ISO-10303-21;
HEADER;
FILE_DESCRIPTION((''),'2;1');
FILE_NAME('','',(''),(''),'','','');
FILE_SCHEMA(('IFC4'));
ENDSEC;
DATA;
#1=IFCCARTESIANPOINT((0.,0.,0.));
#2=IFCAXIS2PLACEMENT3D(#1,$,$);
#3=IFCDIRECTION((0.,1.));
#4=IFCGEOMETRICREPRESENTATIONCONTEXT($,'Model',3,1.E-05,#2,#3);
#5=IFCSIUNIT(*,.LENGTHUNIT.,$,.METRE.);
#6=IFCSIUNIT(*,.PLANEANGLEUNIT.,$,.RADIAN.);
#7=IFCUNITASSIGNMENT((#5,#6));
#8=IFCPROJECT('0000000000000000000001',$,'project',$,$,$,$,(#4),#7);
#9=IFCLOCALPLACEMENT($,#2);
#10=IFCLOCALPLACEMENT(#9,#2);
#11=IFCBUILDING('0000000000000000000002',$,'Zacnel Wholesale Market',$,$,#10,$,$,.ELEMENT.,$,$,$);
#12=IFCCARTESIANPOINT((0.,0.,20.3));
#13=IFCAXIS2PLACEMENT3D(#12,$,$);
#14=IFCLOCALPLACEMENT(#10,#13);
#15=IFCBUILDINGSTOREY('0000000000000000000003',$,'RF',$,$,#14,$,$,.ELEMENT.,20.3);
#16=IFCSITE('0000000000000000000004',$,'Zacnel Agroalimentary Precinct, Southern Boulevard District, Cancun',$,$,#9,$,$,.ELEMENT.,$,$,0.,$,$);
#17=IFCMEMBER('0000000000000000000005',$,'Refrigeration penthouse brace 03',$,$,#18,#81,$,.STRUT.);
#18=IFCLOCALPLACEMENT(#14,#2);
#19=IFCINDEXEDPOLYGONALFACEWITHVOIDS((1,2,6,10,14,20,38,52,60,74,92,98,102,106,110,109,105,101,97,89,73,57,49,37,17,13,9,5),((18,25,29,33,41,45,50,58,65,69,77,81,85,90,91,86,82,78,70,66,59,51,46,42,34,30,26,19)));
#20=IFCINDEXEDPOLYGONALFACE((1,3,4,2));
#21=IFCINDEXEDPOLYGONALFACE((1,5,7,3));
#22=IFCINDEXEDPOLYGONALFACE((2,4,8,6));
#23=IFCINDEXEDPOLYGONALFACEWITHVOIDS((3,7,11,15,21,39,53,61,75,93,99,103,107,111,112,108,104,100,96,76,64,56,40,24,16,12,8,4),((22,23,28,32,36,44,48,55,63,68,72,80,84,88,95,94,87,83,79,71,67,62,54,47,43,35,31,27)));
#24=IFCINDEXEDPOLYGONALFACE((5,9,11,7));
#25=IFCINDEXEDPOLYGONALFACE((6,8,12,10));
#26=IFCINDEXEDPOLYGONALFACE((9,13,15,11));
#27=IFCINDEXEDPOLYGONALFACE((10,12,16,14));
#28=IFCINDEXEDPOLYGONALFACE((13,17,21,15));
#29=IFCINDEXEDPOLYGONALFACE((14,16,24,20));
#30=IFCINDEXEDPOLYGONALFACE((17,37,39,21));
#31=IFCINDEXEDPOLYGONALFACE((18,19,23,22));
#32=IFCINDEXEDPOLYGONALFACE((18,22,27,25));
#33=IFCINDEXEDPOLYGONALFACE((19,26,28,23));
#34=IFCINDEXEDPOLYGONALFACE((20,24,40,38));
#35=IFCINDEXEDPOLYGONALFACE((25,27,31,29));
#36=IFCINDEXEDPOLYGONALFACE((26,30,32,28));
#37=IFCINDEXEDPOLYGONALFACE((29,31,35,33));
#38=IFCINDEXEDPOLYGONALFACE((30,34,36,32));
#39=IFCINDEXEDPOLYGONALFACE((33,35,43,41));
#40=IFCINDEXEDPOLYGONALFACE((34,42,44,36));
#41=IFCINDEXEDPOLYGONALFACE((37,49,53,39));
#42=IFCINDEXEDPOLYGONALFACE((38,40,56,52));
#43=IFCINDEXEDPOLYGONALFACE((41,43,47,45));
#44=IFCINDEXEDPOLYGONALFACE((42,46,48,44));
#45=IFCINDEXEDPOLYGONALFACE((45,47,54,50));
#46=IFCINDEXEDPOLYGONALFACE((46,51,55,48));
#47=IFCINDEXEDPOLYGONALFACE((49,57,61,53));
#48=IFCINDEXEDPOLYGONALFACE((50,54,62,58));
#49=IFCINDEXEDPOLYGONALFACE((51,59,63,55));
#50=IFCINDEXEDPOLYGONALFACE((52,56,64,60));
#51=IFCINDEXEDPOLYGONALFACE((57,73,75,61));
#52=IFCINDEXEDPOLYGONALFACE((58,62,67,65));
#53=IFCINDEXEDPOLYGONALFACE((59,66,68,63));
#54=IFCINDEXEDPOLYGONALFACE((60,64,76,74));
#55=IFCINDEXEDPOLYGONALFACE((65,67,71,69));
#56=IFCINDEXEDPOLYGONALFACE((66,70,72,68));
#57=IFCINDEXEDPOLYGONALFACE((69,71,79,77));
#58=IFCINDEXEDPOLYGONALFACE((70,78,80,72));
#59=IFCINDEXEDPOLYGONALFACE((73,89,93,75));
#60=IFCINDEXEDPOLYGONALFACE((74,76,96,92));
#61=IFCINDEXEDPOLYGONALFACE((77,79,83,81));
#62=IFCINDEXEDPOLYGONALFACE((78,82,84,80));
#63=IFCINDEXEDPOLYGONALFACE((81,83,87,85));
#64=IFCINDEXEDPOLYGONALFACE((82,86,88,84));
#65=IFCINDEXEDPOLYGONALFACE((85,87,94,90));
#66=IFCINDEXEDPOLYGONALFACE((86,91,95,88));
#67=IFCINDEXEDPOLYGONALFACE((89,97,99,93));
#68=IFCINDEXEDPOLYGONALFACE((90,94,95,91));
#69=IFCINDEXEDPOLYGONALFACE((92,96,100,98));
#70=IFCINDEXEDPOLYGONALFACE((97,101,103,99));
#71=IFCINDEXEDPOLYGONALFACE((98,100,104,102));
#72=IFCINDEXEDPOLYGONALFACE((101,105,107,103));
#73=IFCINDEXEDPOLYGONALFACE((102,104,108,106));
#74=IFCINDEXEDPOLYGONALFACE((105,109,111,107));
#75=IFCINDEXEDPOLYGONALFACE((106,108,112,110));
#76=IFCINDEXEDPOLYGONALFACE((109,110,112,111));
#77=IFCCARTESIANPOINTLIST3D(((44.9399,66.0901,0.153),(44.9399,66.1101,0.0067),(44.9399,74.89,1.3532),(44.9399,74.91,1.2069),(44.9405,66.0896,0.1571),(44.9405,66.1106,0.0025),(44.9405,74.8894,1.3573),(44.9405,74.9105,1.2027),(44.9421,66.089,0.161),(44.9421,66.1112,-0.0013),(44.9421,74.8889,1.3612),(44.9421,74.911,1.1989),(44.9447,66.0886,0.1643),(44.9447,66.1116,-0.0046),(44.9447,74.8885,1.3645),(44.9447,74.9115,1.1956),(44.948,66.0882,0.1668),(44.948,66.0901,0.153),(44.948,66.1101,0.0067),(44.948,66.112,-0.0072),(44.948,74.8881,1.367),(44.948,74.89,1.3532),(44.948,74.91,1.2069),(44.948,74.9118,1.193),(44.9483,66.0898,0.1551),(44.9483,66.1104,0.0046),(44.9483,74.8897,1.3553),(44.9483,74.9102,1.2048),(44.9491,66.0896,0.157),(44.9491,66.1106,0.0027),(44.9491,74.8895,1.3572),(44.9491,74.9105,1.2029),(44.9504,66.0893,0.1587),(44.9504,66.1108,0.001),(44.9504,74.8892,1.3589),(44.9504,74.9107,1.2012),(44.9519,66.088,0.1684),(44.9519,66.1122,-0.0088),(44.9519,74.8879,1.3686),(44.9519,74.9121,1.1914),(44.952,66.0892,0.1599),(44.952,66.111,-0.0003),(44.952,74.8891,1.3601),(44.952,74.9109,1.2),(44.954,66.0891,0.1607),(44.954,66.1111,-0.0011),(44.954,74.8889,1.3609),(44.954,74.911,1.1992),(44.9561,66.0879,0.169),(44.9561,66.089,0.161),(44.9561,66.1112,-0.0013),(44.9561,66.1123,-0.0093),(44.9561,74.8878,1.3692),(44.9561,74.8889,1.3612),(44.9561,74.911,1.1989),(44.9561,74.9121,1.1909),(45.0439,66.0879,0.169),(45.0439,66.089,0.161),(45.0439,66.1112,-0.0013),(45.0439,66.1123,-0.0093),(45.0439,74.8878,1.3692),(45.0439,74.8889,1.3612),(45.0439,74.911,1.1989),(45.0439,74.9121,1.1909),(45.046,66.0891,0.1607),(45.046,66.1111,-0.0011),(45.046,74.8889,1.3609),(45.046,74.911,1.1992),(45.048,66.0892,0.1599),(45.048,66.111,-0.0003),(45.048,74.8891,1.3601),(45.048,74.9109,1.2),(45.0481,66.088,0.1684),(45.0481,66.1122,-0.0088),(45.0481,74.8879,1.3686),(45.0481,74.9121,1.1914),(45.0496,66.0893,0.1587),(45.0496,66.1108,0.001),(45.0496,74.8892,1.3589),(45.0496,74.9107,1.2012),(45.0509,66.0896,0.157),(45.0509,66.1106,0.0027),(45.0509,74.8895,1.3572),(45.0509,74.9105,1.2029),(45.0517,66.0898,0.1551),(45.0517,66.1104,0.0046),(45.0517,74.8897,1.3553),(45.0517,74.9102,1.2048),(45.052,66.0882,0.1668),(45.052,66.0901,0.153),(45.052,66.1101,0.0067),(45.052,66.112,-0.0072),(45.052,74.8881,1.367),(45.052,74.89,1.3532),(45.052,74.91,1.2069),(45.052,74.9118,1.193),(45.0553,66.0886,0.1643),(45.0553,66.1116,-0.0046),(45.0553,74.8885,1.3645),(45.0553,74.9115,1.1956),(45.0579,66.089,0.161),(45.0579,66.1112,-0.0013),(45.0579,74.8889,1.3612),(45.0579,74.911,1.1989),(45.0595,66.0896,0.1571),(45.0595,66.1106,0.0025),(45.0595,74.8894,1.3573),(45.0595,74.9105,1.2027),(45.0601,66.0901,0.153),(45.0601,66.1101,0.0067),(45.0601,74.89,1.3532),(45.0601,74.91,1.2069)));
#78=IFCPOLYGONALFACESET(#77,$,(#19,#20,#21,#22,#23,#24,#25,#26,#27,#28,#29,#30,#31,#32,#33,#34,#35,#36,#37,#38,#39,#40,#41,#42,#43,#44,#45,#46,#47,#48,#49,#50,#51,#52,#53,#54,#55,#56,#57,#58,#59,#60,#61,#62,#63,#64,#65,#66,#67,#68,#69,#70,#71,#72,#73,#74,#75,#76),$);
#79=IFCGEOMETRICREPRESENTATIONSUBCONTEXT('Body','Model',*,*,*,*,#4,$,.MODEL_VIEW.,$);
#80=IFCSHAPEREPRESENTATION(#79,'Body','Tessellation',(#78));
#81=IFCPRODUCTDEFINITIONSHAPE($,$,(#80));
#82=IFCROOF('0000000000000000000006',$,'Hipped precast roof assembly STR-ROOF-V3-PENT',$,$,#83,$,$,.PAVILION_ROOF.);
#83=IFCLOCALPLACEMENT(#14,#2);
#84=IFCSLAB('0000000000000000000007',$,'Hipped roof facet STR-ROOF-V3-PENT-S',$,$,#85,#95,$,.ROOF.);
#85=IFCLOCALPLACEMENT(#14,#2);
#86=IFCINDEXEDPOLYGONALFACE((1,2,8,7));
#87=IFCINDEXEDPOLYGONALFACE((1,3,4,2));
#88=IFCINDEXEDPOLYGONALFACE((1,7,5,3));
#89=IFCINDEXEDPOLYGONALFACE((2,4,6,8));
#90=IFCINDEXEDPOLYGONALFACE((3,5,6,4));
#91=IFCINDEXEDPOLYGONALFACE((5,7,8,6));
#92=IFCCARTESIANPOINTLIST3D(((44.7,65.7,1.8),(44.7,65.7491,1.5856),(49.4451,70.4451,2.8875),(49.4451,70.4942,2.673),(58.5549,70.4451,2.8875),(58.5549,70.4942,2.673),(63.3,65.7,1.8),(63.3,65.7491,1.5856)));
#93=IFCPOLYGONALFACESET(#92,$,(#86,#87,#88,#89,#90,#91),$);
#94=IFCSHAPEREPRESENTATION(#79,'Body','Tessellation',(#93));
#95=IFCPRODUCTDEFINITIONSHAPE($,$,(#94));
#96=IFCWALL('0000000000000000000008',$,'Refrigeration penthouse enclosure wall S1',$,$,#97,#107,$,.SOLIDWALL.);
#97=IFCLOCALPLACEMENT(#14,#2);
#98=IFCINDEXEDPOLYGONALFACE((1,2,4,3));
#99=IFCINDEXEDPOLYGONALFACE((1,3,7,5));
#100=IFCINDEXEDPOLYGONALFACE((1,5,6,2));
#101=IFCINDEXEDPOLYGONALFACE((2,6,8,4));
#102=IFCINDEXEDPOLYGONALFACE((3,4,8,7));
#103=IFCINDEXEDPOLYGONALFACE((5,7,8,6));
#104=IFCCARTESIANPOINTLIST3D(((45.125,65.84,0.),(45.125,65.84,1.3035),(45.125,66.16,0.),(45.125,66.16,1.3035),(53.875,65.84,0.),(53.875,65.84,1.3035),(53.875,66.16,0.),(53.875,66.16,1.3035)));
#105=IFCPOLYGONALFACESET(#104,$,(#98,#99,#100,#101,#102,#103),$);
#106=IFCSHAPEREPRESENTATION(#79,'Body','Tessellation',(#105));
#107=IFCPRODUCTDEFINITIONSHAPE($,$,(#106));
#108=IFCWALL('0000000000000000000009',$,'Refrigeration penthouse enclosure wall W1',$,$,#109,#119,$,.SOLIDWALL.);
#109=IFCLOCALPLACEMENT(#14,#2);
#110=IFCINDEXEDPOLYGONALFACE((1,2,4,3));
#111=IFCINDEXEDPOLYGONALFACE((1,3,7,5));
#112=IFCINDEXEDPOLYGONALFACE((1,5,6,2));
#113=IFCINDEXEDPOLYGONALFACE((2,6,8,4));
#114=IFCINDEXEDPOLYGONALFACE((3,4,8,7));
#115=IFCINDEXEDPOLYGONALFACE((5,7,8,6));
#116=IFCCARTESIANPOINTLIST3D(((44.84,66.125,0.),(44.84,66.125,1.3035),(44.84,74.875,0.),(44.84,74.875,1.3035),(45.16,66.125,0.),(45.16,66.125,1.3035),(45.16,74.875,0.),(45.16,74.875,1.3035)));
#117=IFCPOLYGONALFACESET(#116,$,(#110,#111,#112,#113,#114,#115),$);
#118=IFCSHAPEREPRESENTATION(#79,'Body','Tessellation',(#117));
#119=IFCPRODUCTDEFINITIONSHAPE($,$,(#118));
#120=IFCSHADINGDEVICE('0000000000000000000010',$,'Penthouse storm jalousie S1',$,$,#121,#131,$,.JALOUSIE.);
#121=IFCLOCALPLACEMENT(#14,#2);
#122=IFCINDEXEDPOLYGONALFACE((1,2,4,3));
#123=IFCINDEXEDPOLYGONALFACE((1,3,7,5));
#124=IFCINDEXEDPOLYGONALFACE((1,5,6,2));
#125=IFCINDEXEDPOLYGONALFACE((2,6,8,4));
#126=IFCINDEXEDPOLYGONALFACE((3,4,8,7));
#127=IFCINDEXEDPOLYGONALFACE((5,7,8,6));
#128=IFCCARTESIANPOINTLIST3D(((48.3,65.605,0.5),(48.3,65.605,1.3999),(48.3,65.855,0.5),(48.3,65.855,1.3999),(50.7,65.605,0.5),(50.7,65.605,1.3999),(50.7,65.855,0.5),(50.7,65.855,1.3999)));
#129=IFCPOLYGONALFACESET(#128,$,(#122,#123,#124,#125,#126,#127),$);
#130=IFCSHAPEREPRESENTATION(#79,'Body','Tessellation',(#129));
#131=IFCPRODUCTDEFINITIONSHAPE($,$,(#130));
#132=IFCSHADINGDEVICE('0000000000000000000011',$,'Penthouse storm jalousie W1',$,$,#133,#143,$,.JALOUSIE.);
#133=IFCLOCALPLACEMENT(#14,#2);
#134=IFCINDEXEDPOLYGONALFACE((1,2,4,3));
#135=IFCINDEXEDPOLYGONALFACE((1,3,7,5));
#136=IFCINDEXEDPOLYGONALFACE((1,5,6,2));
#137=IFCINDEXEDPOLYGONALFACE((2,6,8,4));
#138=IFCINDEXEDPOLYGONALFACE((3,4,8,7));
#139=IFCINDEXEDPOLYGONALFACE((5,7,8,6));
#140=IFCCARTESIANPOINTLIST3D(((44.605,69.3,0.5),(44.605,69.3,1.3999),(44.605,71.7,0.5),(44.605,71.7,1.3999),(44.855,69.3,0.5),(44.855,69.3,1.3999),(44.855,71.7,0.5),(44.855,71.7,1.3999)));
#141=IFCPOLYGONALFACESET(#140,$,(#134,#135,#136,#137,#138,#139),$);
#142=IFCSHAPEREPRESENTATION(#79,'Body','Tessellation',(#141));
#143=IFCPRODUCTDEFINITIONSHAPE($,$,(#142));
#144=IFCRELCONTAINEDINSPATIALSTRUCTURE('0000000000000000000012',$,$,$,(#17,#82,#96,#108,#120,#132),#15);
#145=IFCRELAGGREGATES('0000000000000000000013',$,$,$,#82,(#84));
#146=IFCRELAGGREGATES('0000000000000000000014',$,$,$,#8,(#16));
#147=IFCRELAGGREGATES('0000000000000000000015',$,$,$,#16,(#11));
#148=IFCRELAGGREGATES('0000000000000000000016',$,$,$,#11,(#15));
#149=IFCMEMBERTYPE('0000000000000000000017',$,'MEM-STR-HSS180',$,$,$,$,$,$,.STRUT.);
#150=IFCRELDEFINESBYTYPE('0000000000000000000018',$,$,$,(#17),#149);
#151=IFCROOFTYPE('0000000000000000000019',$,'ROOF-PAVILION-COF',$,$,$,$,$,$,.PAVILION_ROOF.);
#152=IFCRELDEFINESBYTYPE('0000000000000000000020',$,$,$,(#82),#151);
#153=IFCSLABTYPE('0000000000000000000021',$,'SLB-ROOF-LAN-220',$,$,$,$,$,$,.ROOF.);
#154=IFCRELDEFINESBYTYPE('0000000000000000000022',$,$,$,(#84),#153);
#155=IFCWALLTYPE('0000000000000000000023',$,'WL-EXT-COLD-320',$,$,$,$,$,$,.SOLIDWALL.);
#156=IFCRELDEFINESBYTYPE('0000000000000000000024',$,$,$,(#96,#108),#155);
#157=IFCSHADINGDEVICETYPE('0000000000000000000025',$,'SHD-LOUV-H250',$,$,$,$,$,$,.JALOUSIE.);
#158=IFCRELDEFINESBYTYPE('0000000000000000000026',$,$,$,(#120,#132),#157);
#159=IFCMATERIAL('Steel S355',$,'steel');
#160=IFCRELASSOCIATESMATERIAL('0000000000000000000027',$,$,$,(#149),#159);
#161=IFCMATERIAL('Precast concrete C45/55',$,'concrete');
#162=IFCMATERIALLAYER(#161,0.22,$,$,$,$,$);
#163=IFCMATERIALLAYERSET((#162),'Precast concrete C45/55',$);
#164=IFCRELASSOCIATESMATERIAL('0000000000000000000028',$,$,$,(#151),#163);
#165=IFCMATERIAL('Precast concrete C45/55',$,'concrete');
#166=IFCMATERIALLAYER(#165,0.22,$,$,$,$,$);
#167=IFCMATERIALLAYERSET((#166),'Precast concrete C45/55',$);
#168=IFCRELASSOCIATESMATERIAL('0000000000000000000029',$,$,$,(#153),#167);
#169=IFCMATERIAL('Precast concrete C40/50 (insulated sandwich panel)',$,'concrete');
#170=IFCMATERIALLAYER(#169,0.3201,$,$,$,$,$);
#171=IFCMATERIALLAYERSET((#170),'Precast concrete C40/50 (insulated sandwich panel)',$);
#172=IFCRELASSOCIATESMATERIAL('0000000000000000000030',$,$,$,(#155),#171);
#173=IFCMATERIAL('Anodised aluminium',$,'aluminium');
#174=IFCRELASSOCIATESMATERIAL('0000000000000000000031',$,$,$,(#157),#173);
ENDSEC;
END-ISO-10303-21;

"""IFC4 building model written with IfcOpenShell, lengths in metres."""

from ifc_helpers import new_model, si_unit, direction, frame, frame_2d, origin, origin_2d, place, context, subcontext, project, spatial, polyline, rectangle, hollow_rectangle, outline, extrude, material, layer, layer_set, material_profile, profile_set, type_object, element, aggregate, save


model = new_model("IFC4")

# Units and contexts
model_context = context("Model", 3, precision=1e-05, world=origin(), true_north=direction((0.0, 1.0)))
body_context = subcontext(model_context, "Body", "Model", "MODEL_VIEW")
ifc_project = project(units=[si_unit("LENGTHUNIT", "METRE"), si_unit("PLANEANGLEUNIT", "RADIAN")], contexts=[model_context])

# Site, building, storey
site_placement = place(None, origin())
site = spatial("IfcSite", under=ifc_project, at=site_placement, Name="Zacnel Agroalimentary Precinct, Southern Boulevard District, Cancun", CompositionType="ELEMENT", RefElevation=0.0)
building_placement = place(site_placement, origin())
building = spatial("IfcBuilding", under=site, at=building_placement, Name="Zacnel Wholesale Market", CompositionType="ELEMENT")
storey_placement = place(building_placement, frame((0.0, 0.0, 20.3)))
storey = spatial("IfcBuildingStorey", under=building, at=storey_placement, Name="RF", CompositionType="ELEMENT", Elevation=20.3)

# Member
ifc_material_1 = material(Name="Steel S355", Category="steel")
ifc_material_profile_1 = material_profile(ifc_material_1, hollow_rectangle(XDim=0.1201, YDim=0.1799, WallThickness=0.0081, InnerFilletRadius=0.0081, OuterFilletRadius=0.0161, at=origin_2d()), Name="HSS 180x120x8")
ifc_profile_set_1 = profile_set([ifc_material_profile_1], Name="Steel S355")
member_type_1 = type_object("IfcMemberType", Name="MEM-STR-HSS180", PredefinedType="STRUT", material=ifc_profile_set_1)
for number, where, z_axis, x_axis, name in (
    (1, (45.0, 66.1001, 0.0798), (0.0, 0.990827, 0.135138), (-1.0, 0.0, 0.0), "Refrigeration penthouse brace 03"),
):
    element("IfcMember", number, at=place(storey_placement, frame(where, z_axis=z_axis, x_axis=x_axis)), inside=storey, type_object=member_type_1, Name=name, PredefinedType="STRUT", context=body_context, shape_type="SweptSolid", body=[
        extrude(hollow_rectangle(XDim=0.1201, YDim=0.1799, WallThickness=0.0081, InnerFilletRadius=0.0081, OuterFilletRadius=0.0161, at=origin_2d()), origin(), (0.0, 0.0, 1.0), 8.8813),
    ])

# Roof, slab
ifc_material_2 = material(Name="Precast concrete C45/55", Category="concrete")
ifc_layer_1 = layer(ifc_material_2, 0.22)
ifc_layer_set_1 = layer_set([ifc_layer_1], Name="Precast concrete C45/55")
roof_type = type_object("IfcRoofType", Name="ROOF-PAVILION-COF", PredefinedType="PAVILION_ROOF", material=ifc_layer_set_1)
roof_placement = place(storey_placement, origin())
roof = element("IfcRoof", 2, at=roof_placement, inside=storey, type_object=roof_type, Name="Hipped precast roof assembly STR-ROOF-V3-PENT", PredefinedType="PAVILION_ROOF")
ifc_material_3 = material(Name="Precast concrete C45/55", Category="concrete")
ifc_layer_2 = layer(ifc_material_3, 0.22)
ifc_layer_set_2 = layer_set([ifc_layer_2], Name="Precast concrete C45/55")
slab_type = type_object("IfcSlabType", Name="SLB-ROOF-LAN-220", PredefinedType="ROOF", material=ifc_layer_set_2)
slab_placement = place(storey_placement, frame((44.7, 65.7, 1.8), z_axis=(0.0, -0.223372, 0.974733), x_axis=(1.0, 0.0, 0.0)))
slab = element("IfcSlab", 3, at=slab_placement, type_object=slab_type, Name="Hipped roof facet STR-ROOF-V3-PENT-S", PredefinedType="ROOF", context=body_context, shape_type="SweptSolid", body=[
    extrude(outline(polyline([(0.0, 0.0), (18.6001, 0.0), (13.855, 4.8681), (4.7451, 4.8681), (0.0, 0.0)])), origin(), (0.0, 0.0, -1.0), 0.22),
])
aggregate(roof, [slab])

# Walls
ifc_material_4 = material(Name="Precast concrete C40/50 (insulated sandwich panel)", Category="concrete")
ifc_layer_3 = layer(ifc_material_4, 0.3201)
ifc_layer_set_3 = layer_set([ifc_layer_3], Name="Precast concrete C40/50 (insulated sandwich panel)")
wall_type = type_object("IfcWallType", Name="WL-EXT-COLD-320", PredefinedType="SOLIDWALL", material=ifc_layer_set_3)
for number, where, z_axis, x_axis, name in (
    (4, (45.125, 66.0, 0.0), (0.0, 0.0, 1.0), (1.0, 0.0, 0.0), "Refrigeration penthouse enclosure wall S1"),
    (5, (45.0, 66.125, 0.0), (0.0, 0.0, 1.0), (0.0, 1.0, 0.0), "Refrigeration penthouse enclosure wall W1"),
):
    element("IfcWall", number, at=place(storey_placement, frame(where, z_axis=z_axis, x_axis=x_axis)), inside=storey, type_object=wall_type, Name=name, PredefinedType="SOLIDWALL", context=body_context, shape_type="SweptSolid", body=[
        extrude(rectangle(XDim=8.75, YDim=0.3201, at=frame_2d((4.375, 0.0))), origin(), (0.0, 0.0, 1.0), 1.3035),
    ])

# Shading devices
ifc_material_5 = material(Name="Anodised aluminium", Category="aluminium")
shading_device_type = type_object("IfcShadingDeviceType", Name="SHD-LOUV-H250", PredefinedType="JALOUSIE", material=ifc_material_5)
for number, where, z_axis, x_axis, name in (
    (6, (49.5, 65.73, 0.5), (0.0, 0.0, 1.0), (1.0, 0.0, 0.0), "Penthouse storm jalousie S1"),
    (7, (44.73, 70.5, 0.5), (0.0, 0.0, 1.0), (0.0, 1.0, 0.0), "Penthouse storm jalousie W1"),
):
    element("IfcShadingDevice", number, at=place(storey_placement, frame(where, z_axis=z_axis, x_axis=x_axis)), inside=storey, type_object=shading_device_type, Name=name, PredefinedType="JALOUSIE", context=body_context, shape_type="SweptSolid", body=[
        extrude(rectangle(XDim=2.3999, YDim=0.25, at=origin_2d()), origin(), (0.0, 0.0, 1.0), 0.8999),
    ])

save(model, "model.ifc")
